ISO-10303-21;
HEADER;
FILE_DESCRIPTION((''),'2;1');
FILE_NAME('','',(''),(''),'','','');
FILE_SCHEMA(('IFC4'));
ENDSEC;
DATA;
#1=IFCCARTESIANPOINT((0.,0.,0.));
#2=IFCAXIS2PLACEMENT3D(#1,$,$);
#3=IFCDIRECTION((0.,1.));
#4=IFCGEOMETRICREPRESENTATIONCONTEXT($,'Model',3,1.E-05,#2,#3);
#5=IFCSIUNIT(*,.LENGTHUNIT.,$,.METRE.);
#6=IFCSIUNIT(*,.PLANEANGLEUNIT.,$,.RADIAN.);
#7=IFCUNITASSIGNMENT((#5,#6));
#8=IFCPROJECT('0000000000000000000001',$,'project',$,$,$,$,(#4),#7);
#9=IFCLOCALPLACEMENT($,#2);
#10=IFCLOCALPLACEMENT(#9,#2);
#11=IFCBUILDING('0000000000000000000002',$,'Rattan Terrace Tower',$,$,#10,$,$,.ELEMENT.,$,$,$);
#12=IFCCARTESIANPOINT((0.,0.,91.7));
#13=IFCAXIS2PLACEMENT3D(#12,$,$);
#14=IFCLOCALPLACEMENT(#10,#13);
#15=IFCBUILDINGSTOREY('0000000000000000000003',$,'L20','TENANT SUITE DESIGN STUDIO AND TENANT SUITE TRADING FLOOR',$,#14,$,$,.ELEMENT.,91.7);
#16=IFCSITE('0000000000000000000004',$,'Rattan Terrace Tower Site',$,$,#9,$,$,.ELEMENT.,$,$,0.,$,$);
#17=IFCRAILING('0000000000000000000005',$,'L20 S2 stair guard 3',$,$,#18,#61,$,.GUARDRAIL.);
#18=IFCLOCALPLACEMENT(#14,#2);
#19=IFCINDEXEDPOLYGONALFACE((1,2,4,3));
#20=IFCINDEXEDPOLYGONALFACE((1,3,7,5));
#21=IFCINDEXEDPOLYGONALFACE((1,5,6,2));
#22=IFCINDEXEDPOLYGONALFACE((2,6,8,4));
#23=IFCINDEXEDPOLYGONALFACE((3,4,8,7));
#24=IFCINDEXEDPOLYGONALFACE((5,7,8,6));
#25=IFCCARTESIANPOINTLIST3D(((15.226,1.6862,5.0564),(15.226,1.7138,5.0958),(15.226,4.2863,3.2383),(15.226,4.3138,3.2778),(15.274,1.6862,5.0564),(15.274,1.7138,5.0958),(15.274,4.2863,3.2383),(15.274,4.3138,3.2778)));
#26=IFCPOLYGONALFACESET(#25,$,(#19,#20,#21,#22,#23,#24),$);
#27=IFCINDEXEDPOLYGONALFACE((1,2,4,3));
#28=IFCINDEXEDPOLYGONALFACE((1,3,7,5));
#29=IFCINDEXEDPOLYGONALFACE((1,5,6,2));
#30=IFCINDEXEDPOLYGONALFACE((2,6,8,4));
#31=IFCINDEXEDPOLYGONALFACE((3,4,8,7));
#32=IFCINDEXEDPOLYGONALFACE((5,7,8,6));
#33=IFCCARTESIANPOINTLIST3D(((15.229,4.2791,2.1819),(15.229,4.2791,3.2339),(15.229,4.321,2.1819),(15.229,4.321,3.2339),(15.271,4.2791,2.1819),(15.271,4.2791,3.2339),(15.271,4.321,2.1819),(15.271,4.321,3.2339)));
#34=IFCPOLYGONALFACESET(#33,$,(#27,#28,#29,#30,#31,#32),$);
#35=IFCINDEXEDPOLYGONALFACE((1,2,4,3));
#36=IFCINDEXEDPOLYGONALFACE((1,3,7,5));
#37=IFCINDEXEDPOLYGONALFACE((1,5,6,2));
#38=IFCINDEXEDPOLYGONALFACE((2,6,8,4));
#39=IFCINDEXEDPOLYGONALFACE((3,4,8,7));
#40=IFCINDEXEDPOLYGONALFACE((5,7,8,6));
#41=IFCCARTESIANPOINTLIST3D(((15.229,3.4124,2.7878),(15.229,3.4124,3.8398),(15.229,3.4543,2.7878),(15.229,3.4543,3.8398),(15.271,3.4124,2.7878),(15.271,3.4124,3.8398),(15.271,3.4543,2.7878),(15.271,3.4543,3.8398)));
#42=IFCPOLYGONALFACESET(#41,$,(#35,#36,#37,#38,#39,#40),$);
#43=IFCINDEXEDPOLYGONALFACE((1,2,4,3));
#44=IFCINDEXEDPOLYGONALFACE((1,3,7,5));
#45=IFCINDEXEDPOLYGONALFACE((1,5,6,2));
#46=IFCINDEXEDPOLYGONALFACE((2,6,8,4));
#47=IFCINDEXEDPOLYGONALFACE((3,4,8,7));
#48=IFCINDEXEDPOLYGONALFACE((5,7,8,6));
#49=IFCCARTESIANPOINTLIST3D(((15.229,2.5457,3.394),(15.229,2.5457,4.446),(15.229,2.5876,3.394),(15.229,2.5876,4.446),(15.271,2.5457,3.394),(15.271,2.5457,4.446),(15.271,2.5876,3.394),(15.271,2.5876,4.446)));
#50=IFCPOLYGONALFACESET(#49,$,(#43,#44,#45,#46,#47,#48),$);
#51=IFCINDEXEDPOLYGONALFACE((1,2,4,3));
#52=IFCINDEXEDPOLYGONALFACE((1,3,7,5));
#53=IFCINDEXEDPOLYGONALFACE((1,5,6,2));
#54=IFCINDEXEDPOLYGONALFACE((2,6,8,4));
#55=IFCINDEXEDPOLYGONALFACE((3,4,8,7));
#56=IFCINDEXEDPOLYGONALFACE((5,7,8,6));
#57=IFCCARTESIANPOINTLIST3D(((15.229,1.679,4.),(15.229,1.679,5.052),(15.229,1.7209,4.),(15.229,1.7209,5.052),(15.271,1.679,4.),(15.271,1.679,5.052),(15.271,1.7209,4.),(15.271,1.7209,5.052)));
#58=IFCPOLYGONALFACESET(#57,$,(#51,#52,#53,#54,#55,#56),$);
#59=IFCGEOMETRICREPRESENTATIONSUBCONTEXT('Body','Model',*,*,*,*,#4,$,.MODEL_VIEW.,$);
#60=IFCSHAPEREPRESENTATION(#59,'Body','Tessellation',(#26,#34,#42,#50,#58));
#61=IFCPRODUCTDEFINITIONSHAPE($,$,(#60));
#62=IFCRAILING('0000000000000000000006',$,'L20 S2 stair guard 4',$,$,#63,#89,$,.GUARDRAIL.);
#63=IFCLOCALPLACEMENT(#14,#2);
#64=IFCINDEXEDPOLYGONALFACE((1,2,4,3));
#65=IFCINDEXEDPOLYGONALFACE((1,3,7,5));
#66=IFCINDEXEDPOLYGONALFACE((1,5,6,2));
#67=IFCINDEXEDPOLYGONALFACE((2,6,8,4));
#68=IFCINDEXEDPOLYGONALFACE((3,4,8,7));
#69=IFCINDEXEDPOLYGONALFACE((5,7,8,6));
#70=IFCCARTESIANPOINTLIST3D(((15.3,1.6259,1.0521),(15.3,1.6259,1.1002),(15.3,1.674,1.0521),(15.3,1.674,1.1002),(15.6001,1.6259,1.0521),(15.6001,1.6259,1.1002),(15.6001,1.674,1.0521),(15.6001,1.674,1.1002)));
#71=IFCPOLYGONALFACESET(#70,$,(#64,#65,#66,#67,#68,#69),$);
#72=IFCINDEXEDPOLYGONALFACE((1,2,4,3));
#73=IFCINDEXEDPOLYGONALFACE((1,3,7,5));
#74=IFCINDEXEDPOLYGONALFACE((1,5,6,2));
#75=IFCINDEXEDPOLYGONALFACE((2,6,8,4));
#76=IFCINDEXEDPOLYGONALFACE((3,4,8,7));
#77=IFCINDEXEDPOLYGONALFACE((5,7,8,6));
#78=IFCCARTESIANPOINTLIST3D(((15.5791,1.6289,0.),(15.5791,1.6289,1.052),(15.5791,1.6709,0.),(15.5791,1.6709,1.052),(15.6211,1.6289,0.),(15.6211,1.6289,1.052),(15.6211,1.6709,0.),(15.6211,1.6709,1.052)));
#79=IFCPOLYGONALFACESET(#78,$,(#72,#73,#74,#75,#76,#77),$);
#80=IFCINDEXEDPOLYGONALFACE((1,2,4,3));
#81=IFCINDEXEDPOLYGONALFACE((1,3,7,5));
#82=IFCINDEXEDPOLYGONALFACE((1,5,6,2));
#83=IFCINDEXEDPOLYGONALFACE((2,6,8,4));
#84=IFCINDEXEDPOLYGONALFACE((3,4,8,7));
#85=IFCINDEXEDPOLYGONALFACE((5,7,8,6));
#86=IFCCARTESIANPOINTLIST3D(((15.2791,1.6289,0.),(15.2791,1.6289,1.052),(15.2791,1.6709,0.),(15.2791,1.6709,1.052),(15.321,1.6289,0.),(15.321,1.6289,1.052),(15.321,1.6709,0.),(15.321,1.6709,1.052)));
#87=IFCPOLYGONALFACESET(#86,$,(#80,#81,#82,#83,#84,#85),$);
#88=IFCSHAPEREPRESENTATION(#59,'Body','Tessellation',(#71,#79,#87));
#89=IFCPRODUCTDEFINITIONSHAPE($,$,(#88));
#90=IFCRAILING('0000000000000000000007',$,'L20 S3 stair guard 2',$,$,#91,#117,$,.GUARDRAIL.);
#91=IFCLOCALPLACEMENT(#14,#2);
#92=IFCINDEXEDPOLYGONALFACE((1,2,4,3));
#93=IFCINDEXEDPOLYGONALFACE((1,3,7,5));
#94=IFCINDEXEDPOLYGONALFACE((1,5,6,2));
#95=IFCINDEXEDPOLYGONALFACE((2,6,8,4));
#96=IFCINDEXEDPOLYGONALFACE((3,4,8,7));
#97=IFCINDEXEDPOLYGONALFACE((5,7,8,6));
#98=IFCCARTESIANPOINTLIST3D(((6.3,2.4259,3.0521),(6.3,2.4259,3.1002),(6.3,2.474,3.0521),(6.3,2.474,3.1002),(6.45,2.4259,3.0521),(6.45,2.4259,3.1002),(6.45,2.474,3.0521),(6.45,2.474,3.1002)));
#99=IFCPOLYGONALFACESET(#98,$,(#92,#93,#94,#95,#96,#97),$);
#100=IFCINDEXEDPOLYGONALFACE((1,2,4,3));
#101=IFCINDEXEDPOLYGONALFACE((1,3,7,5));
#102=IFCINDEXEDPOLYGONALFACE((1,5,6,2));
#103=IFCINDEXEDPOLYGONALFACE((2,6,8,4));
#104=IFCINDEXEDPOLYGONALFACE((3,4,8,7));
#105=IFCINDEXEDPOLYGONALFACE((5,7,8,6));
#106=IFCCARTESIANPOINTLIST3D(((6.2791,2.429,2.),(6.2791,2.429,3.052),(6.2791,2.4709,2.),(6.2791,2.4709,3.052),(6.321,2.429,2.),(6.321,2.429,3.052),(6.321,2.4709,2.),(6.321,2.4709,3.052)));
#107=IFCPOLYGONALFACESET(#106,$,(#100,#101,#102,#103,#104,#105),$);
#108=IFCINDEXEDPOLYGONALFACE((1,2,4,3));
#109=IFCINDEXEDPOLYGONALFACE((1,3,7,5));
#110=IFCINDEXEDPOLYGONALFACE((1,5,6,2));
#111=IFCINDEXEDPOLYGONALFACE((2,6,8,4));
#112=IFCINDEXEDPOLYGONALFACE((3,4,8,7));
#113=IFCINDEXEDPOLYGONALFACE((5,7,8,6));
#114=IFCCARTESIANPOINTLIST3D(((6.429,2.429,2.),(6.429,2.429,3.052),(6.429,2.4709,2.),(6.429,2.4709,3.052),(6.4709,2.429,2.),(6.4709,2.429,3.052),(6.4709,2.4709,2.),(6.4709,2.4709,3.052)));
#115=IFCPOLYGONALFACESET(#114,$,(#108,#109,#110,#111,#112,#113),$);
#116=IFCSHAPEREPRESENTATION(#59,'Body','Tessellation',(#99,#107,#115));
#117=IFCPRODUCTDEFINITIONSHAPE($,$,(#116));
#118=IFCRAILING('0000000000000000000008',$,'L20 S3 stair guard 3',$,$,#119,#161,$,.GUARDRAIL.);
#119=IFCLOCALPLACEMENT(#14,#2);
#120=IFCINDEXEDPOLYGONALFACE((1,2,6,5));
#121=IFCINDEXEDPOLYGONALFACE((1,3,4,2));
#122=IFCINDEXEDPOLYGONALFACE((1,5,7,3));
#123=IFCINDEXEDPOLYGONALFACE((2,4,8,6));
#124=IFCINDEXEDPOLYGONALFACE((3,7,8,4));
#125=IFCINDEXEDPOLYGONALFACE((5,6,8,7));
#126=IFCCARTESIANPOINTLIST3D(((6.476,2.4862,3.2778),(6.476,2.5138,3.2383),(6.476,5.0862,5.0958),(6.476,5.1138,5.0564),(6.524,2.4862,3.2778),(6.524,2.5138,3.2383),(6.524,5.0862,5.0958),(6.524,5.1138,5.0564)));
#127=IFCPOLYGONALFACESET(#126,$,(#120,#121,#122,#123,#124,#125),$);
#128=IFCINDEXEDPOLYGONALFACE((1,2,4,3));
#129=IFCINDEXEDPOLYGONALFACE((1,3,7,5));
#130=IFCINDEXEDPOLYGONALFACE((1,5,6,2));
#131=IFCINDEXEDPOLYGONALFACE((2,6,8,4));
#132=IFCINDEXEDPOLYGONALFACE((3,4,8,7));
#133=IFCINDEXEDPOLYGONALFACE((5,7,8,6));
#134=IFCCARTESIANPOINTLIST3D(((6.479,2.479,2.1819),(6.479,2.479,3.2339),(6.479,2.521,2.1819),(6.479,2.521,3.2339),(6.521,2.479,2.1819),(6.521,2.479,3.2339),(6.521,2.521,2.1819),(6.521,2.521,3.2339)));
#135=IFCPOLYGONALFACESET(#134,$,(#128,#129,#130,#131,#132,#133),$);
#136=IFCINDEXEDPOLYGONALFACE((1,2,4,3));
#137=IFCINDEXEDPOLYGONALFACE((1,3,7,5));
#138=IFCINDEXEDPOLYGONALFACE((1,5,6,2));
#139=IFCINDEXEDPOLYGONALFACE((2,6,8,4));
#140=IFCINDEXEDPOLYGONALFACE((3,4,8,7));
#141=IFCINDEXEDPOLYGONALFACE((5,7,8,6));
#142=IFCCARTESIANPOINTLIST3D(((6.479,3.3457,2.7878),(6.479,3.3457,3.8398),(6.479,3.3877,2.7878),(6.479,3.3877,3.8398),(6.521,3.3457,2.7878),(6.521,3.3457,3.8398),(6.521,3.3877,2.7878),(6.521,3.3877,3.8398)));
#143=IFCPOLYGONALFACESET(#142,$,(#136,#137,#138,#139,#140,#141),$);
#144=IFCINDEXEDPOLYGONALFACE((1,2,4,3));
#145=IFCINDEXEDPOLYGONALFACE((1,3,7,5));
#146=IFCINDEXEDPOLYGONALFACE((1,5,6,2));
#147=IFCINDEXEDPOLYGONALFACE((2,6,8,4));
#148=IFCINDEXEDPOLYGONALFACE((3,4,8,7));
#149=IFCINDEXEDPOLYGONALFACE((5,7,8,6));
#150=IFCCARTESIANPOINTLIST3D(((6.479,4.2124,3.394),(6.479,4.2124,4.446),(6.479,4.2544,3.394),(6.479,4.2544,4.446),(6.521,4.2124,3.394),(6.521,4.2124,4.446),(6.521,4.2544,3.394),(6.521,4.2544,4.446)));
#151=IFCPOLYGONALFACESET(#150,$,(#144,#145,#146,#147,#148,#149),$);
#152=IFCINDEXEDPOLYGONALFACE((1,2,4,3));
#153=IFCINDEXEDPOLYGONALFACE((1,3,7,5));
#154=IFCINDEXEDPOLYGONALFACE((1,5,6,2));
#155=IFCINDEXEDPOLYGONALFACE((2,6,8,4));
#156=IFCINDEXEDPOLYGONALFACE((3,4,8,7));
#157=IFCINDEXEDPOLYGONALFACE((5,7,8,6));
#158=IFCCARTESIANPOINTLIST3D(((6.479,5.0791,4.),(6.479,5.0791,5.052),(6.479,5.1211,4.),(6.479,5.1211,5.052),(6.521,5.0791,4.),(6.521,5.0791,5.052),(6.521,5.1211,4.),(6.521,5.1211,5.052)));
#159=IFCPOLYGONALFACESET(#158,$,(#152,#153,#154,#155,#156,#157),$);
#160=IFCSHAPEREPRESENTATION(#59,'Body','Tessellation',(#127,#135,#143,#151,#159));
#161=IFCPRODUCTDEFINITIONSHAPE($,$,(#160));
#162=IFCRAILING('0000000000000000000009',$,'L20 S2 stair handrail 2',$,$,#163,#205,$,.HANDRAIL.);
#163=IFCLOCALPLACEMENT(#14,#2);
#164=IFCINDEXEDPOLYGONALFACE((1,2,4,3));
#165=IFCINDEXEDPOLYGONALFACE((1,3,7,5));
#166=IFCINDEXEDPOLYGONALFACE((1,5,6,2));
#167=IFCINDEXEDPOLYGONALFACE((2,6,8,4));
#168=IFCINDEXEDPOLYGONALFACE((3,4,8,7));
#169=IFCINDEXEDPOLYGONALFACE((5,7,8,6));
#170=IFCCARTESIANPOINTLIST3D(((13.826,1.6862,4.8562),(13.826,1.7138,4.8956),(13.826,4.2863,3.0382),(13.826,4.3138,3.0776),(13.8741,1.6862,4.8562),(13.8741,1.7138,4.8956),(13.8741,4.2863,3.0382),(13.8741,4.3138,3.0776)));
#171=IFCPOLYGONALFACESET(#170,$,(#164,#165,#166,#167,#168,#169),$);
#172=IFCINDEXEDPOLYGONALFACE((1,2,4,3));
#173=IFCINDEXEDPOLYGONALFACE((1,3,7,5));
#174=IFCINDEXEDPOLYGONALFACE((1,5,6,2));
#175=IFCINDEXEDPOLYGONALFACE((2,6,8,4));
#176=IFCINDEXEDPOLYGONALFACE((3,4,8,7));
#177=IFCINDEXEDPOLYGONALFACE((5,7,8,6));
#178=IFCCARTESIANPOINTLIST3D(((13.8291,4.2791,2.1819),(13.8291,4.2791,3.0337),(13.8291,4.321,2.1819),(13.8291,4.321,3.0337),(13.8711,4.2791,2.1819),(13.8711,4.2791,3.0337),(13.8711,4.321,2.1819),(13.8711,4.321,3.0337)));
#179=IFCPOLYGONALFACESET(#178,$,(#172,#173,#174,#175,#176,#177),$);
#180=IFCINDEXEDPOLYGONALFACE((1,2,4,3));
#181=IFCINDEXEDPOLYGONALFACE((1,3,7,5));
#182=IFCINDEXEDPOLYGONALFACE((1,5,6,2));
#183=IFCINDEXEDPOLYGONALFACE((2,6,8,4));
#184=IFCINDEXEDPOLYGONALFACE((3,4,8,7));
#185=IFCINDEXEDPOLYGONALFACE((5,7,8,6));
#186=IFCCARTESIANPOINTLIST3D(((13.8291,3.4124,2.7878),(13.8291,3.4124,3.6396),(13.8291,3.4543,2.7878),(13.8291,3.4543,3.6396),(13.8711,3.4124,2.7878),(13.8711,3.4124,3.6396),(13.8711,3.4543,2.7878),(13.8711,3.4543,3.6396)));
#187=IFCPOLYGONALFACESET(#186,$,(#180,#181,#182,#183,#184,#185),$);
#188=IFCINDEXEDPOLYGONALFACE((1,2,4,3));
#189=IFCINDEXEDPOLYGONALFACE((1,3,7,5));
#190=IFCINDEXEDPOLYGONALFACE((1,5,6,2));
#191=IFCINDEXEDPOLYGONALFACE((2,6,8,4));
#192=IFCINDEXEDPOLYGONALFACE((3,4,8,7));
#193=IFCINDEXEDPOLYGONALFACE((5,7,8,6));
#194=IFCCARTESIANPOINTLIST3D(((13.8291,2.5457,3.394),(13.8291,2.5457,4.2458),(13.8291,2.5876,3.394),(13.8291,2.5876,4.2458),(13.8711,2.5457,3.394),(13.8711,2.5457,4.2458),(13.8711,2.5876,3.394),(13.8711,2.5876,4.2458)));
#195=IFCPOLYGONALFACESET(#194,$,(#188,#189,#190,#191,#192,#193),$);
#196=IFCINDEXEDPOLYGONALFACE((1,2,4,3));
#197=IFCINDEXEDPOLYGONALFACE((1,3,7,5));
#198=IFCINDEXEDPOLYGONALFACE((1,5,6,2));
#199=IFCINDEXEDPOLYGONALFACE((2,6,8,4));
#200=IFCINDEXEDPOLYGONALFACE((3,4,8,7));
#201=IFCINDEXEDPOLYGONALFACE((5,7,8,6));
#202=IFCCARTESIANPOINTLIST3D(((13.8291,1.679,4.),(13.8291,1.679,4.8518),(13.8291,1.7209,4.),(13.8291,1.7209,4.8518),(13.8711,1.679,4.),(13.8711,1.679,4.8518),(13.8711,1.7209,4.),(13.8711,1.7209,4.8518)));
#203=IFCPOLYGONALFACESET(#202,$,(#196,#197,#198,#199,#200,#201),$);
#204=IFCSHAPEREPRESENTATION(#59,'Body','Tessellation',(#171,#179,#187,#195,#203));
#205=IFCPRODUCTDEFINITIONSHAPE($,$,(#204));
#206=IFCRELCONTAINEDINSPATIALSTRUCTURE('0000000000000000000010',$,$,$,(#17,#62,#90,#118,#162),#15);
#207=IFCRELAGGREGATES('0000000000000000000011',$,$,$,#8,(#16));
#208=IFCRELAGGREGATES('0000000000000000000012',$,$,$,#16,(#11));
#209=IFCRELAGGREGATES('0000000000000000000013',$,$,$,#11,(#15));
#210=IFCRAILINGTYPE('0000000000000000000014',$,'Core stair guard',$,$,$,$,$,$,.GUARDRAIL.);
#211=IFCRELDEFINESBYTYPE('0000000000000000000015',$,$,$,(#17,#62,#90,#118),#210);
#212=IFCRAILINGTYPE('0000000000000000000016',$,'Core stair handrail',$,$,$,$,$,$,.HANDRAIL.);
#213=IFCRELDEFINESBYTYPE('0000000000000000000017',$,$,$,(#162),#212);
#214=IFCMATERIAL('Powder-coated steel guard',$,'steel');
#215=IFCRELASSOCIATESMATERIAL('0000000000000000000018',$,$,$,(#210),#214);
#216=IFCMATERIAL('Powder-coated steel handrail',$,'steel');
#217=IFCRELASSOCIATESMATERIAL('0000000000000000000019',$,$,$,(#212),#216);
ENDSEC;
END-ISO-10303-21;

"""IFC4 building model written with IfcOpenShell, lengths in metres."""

from ifc_helpers import new_model, si_unit, direction, frame, origin, origin_2d, place, context, subcontext, project, spatial, rectangle, extrude, material, type_object, element, save


model = new_model("IFC4")

# Units and contexts
model_context = context("Model", 3, precision=1e-05, world=origin(), true_north=direction((0.0, 1.0)))
body_context = subcontext(model_context, "Body", "Model", "MODEL_VIEW")
ifc_project = project(units=[si_unit("LENGTHUNIT", "METRE"), si_unit("PLANEANGLEUNIT", "RADIAN")], contexts=[model_context])

# Site, building, storey
site_placement = place(None, origin())
site = spatial("IfcSite", under=ifc_project, at=site_placement, Name="Rattan Terrace Tower Site", CompositionType="ELEMENT", RefElevation=0.0)
building_placement = place(site_placement, origin())
building = spatial("IfcBuilding", under=site, at=building_placement, Name="Rattan Terrace Tower", CompositionType="ELEMENT")
storey_placement = place(building_placement, frame((0.0, 0.0, 91.7)))
storey = spatial("IfcBuildingStorey", under=building, at=storey_placement, Name="L20", Description="TENANT SUITE DESIGN STUDIO AND TENANT SUITE TRADING FLOOR", CompositionType="ELEMENT", Elevation=91.7)

# Railings
ifc_material_1 = material(Name="Powder-coated steel guard", Category="steel")
railing_type_1 = type_object("IfcRailingType", Name="Core stair guard", PredefinedType="GUARDRAIL", material=ifc_material_1)
railing_1_placement = place(storey_placement, frame((15.25, 4.3, 2.1819)))
element("IfcRailing", 1, at=railing_1_placement, inside=storey, type_object=railing_type_1, Name="L20 S2 stair guard 3", PredefinedType="GUARDRAIL", context=body_context, shape_type="SweptSolid", body=[
    extrude(rectangle(XDim=0.0481, YDim=0.0481, at=origin_2d()), frame((0.0, 0.0, 1.0762), z_axis=(0.0, -0.819521, 0.573049), x_axis=(1.0, 0.0, 0.0)), (0.0, 0.0, 1.0), 3.1726),
    extrude(rectangle(XDim=0.042, YDim=0.042, at=origin_2d()), origin(), (0.0, 0.0, 1.0), 1.052),
    extrude(rectangle(XDim=0.042, YDim=0.042, at=origin_2d()), frame((0.0, -0.8667, 0.606)), (0.0, 0.0, 1.0), 1.052),
    extrude(rectangle(XDim=0.042, YDim=0.042, at=origin_2d()), frame((0.0, -1.7334, 1.2122)), (0.0, 0.0, 1.0), 1.052),
    extrude(rectangle(XDim=0.042, YDim=0.042, at=origin_2d()), frame((0.0, -2.6001, 1.8181)), (0.0, 0.0, 1.0), 1.052),
])
railing_2_placement = place(storey_placement, frame((15.6001, 1.6499, 0.0)))
element("IfcRailing", 2, at=railing_2_placement, inside=storey, type_object=railing_type_1, Name="L20 S2 stair guard 4", PredefinedType="GUARDRAIL", context=body_context, shape_type="SweptSolid", body=[
    extrude(rectangle(XDim=0.0481, YDim=0.0481, at=origin_2d()), frame((0.0, 0.0, 1.0762), z_axis=(-1.0, 0.0, 0.0), x_axis=(0.0, -1.0, 0.0)), (0.0, 0.0, 1.0), 0.3),
    extrude(rectangle(XDim=0.042, YDim=0.042, at=origin_2d()), origin(), (0.0, 0.0, 1.0), 1.052),
    extrude(rectangle(XDim=0.042, YDim=0.042, at=origin_2d()), frame((-0.3, 0.0, 0.0)), (0.0, 0.0, 1.0), 1.052),
])
railing_3_placement = place(storey_placement, frame((6.3, 2.45, 2.0)))
element("IfcRailing", 3, at=railing_3_placement, inside=storey, type_object=railing_type_1, Name="L20 S3 stair guard 2", PredefinedType="GUARDRAIL", context=body_context, shape_type="SweptSolid", body=[
    extrude(rectangle(XDim=0.0481, YDim=0.0481, at=origin_2d()), frame((0.0, 0.0, 1.0762), z_axis=(1.0, 0.0, 0.0), x_axis=(0.0, 1.0, 0.0)), (0.0, 0.0, 1.0), 0.1499),
    extrude(rectangle(XDim=0.042, YDim=0.042, at=origin_2d()), origin(), (0.0, 0.0, 1.0), 1.052),
    extrude(rectangle(XDim=0.042, YDim=0.042, at=origin_2d()), frame((0.1499, 0.0, 0.0)), (0.0, 0.0, 1.0), 1.052),
])
railing_4_placement = place(storey_placement, frame((6.5, 2.5, 2.1819)))
element("IfcRailing", 4, at=railing_4_placement, inside=storey, type_object=railing_type_1, Name="L20 S3 stair guard 3", PredefinedType="GUARDRAIL", context=body_context, shape_type="SweptSolid", body=[
    extrude(rectangle(XDim=0.0481, YDim=0.0481, at=origin_2d()), frame((0.0, 0.0, 1.0762), z_axis=(0.0, 0.819521, 0.573049), x_axis=(-1.0, 0.0, 0.0)), (0.0, 0.0, 1.0), 3.1726),
    extrude(rectangle(XDim=0.042, YDim=0.042, at=origin_2d()), origin(), (0.0, 0.0, 1.0), 1.052),
    extrude(rectangle(XDim=0.042, YDim=0.042, at=origin_2d()), frame((0.0, 0.8667, 0.606)), (0.0, 0.0, 1.0), 1.052),
    extrude(rectangle(XDim=0.042, YDim=0.042, at=origin_2d()), frame((0.0, 1.7334, 1.2122)), (0.0, 0.0, 1.0), 1.052),
    extrude(rectangle(XDim=0.042, YDim=0.042, at=origin_2d()), frame((0.0, 2.6001, 1.8181)), (0.0, 0.0, 1.0), 1.052),
])
ifc_material_2 = material(Name="Powder-coated steel handrail", Category="steel")
railing_type_2 = type_object("IfcRailingType", Name="Core stair handrail", PredefinedType="HANDRAIL", material=ifc_material_2)
railing_5_placement = place(storey_placement, frame((13.8501, 4.3, 2.1819)))
element("IfcRailing", 5, at=railing_5_placement, inside=storey, type_object=railing_type_2, Name="L20 S2 stair handrail 2", PredefinedType="HANDRAIL", context=body_context, shape_type="SweptSolid", body=[
    extrude(rectangle(XDim=0.0481, YDim=0.0481, at=origin_2d()), frame((0.0, 0.0, 0.876), z_axis=(0.0, -0.819521, 0.573049), x_axis=(1.0, 0.0, 0.0)), (0.0, 0.0, 1.0), 3.1726),
    extrude(rectangle(XDim=0.042, YDim=0.042, at=origin_2d()), origin(), (0.0, 0.0, 1.0), 0.8518),
    extrude(rectangle(XDim=0.042, YDim=0.042, at=origin_2d()), frame((0.0, -0.8667, 0.606)), (0.0, 0.0, 1.0), 0.8518),
    extrude(rectangle(XDim=0.042, YDim=0.042, at=origin_2d()), frame((0.0, -1.7334, 1.2122)), (0.0, 0.0, 1.0), 0.8518),
    extrude(rectangle(XDim=0.042, YDim=0.042, at=origin_2d()), frame((0.0, -2.6001, 1.8181)), (0.0, 0.0, 1.0), 0.8518),
])

save(model, "model.ifc")
